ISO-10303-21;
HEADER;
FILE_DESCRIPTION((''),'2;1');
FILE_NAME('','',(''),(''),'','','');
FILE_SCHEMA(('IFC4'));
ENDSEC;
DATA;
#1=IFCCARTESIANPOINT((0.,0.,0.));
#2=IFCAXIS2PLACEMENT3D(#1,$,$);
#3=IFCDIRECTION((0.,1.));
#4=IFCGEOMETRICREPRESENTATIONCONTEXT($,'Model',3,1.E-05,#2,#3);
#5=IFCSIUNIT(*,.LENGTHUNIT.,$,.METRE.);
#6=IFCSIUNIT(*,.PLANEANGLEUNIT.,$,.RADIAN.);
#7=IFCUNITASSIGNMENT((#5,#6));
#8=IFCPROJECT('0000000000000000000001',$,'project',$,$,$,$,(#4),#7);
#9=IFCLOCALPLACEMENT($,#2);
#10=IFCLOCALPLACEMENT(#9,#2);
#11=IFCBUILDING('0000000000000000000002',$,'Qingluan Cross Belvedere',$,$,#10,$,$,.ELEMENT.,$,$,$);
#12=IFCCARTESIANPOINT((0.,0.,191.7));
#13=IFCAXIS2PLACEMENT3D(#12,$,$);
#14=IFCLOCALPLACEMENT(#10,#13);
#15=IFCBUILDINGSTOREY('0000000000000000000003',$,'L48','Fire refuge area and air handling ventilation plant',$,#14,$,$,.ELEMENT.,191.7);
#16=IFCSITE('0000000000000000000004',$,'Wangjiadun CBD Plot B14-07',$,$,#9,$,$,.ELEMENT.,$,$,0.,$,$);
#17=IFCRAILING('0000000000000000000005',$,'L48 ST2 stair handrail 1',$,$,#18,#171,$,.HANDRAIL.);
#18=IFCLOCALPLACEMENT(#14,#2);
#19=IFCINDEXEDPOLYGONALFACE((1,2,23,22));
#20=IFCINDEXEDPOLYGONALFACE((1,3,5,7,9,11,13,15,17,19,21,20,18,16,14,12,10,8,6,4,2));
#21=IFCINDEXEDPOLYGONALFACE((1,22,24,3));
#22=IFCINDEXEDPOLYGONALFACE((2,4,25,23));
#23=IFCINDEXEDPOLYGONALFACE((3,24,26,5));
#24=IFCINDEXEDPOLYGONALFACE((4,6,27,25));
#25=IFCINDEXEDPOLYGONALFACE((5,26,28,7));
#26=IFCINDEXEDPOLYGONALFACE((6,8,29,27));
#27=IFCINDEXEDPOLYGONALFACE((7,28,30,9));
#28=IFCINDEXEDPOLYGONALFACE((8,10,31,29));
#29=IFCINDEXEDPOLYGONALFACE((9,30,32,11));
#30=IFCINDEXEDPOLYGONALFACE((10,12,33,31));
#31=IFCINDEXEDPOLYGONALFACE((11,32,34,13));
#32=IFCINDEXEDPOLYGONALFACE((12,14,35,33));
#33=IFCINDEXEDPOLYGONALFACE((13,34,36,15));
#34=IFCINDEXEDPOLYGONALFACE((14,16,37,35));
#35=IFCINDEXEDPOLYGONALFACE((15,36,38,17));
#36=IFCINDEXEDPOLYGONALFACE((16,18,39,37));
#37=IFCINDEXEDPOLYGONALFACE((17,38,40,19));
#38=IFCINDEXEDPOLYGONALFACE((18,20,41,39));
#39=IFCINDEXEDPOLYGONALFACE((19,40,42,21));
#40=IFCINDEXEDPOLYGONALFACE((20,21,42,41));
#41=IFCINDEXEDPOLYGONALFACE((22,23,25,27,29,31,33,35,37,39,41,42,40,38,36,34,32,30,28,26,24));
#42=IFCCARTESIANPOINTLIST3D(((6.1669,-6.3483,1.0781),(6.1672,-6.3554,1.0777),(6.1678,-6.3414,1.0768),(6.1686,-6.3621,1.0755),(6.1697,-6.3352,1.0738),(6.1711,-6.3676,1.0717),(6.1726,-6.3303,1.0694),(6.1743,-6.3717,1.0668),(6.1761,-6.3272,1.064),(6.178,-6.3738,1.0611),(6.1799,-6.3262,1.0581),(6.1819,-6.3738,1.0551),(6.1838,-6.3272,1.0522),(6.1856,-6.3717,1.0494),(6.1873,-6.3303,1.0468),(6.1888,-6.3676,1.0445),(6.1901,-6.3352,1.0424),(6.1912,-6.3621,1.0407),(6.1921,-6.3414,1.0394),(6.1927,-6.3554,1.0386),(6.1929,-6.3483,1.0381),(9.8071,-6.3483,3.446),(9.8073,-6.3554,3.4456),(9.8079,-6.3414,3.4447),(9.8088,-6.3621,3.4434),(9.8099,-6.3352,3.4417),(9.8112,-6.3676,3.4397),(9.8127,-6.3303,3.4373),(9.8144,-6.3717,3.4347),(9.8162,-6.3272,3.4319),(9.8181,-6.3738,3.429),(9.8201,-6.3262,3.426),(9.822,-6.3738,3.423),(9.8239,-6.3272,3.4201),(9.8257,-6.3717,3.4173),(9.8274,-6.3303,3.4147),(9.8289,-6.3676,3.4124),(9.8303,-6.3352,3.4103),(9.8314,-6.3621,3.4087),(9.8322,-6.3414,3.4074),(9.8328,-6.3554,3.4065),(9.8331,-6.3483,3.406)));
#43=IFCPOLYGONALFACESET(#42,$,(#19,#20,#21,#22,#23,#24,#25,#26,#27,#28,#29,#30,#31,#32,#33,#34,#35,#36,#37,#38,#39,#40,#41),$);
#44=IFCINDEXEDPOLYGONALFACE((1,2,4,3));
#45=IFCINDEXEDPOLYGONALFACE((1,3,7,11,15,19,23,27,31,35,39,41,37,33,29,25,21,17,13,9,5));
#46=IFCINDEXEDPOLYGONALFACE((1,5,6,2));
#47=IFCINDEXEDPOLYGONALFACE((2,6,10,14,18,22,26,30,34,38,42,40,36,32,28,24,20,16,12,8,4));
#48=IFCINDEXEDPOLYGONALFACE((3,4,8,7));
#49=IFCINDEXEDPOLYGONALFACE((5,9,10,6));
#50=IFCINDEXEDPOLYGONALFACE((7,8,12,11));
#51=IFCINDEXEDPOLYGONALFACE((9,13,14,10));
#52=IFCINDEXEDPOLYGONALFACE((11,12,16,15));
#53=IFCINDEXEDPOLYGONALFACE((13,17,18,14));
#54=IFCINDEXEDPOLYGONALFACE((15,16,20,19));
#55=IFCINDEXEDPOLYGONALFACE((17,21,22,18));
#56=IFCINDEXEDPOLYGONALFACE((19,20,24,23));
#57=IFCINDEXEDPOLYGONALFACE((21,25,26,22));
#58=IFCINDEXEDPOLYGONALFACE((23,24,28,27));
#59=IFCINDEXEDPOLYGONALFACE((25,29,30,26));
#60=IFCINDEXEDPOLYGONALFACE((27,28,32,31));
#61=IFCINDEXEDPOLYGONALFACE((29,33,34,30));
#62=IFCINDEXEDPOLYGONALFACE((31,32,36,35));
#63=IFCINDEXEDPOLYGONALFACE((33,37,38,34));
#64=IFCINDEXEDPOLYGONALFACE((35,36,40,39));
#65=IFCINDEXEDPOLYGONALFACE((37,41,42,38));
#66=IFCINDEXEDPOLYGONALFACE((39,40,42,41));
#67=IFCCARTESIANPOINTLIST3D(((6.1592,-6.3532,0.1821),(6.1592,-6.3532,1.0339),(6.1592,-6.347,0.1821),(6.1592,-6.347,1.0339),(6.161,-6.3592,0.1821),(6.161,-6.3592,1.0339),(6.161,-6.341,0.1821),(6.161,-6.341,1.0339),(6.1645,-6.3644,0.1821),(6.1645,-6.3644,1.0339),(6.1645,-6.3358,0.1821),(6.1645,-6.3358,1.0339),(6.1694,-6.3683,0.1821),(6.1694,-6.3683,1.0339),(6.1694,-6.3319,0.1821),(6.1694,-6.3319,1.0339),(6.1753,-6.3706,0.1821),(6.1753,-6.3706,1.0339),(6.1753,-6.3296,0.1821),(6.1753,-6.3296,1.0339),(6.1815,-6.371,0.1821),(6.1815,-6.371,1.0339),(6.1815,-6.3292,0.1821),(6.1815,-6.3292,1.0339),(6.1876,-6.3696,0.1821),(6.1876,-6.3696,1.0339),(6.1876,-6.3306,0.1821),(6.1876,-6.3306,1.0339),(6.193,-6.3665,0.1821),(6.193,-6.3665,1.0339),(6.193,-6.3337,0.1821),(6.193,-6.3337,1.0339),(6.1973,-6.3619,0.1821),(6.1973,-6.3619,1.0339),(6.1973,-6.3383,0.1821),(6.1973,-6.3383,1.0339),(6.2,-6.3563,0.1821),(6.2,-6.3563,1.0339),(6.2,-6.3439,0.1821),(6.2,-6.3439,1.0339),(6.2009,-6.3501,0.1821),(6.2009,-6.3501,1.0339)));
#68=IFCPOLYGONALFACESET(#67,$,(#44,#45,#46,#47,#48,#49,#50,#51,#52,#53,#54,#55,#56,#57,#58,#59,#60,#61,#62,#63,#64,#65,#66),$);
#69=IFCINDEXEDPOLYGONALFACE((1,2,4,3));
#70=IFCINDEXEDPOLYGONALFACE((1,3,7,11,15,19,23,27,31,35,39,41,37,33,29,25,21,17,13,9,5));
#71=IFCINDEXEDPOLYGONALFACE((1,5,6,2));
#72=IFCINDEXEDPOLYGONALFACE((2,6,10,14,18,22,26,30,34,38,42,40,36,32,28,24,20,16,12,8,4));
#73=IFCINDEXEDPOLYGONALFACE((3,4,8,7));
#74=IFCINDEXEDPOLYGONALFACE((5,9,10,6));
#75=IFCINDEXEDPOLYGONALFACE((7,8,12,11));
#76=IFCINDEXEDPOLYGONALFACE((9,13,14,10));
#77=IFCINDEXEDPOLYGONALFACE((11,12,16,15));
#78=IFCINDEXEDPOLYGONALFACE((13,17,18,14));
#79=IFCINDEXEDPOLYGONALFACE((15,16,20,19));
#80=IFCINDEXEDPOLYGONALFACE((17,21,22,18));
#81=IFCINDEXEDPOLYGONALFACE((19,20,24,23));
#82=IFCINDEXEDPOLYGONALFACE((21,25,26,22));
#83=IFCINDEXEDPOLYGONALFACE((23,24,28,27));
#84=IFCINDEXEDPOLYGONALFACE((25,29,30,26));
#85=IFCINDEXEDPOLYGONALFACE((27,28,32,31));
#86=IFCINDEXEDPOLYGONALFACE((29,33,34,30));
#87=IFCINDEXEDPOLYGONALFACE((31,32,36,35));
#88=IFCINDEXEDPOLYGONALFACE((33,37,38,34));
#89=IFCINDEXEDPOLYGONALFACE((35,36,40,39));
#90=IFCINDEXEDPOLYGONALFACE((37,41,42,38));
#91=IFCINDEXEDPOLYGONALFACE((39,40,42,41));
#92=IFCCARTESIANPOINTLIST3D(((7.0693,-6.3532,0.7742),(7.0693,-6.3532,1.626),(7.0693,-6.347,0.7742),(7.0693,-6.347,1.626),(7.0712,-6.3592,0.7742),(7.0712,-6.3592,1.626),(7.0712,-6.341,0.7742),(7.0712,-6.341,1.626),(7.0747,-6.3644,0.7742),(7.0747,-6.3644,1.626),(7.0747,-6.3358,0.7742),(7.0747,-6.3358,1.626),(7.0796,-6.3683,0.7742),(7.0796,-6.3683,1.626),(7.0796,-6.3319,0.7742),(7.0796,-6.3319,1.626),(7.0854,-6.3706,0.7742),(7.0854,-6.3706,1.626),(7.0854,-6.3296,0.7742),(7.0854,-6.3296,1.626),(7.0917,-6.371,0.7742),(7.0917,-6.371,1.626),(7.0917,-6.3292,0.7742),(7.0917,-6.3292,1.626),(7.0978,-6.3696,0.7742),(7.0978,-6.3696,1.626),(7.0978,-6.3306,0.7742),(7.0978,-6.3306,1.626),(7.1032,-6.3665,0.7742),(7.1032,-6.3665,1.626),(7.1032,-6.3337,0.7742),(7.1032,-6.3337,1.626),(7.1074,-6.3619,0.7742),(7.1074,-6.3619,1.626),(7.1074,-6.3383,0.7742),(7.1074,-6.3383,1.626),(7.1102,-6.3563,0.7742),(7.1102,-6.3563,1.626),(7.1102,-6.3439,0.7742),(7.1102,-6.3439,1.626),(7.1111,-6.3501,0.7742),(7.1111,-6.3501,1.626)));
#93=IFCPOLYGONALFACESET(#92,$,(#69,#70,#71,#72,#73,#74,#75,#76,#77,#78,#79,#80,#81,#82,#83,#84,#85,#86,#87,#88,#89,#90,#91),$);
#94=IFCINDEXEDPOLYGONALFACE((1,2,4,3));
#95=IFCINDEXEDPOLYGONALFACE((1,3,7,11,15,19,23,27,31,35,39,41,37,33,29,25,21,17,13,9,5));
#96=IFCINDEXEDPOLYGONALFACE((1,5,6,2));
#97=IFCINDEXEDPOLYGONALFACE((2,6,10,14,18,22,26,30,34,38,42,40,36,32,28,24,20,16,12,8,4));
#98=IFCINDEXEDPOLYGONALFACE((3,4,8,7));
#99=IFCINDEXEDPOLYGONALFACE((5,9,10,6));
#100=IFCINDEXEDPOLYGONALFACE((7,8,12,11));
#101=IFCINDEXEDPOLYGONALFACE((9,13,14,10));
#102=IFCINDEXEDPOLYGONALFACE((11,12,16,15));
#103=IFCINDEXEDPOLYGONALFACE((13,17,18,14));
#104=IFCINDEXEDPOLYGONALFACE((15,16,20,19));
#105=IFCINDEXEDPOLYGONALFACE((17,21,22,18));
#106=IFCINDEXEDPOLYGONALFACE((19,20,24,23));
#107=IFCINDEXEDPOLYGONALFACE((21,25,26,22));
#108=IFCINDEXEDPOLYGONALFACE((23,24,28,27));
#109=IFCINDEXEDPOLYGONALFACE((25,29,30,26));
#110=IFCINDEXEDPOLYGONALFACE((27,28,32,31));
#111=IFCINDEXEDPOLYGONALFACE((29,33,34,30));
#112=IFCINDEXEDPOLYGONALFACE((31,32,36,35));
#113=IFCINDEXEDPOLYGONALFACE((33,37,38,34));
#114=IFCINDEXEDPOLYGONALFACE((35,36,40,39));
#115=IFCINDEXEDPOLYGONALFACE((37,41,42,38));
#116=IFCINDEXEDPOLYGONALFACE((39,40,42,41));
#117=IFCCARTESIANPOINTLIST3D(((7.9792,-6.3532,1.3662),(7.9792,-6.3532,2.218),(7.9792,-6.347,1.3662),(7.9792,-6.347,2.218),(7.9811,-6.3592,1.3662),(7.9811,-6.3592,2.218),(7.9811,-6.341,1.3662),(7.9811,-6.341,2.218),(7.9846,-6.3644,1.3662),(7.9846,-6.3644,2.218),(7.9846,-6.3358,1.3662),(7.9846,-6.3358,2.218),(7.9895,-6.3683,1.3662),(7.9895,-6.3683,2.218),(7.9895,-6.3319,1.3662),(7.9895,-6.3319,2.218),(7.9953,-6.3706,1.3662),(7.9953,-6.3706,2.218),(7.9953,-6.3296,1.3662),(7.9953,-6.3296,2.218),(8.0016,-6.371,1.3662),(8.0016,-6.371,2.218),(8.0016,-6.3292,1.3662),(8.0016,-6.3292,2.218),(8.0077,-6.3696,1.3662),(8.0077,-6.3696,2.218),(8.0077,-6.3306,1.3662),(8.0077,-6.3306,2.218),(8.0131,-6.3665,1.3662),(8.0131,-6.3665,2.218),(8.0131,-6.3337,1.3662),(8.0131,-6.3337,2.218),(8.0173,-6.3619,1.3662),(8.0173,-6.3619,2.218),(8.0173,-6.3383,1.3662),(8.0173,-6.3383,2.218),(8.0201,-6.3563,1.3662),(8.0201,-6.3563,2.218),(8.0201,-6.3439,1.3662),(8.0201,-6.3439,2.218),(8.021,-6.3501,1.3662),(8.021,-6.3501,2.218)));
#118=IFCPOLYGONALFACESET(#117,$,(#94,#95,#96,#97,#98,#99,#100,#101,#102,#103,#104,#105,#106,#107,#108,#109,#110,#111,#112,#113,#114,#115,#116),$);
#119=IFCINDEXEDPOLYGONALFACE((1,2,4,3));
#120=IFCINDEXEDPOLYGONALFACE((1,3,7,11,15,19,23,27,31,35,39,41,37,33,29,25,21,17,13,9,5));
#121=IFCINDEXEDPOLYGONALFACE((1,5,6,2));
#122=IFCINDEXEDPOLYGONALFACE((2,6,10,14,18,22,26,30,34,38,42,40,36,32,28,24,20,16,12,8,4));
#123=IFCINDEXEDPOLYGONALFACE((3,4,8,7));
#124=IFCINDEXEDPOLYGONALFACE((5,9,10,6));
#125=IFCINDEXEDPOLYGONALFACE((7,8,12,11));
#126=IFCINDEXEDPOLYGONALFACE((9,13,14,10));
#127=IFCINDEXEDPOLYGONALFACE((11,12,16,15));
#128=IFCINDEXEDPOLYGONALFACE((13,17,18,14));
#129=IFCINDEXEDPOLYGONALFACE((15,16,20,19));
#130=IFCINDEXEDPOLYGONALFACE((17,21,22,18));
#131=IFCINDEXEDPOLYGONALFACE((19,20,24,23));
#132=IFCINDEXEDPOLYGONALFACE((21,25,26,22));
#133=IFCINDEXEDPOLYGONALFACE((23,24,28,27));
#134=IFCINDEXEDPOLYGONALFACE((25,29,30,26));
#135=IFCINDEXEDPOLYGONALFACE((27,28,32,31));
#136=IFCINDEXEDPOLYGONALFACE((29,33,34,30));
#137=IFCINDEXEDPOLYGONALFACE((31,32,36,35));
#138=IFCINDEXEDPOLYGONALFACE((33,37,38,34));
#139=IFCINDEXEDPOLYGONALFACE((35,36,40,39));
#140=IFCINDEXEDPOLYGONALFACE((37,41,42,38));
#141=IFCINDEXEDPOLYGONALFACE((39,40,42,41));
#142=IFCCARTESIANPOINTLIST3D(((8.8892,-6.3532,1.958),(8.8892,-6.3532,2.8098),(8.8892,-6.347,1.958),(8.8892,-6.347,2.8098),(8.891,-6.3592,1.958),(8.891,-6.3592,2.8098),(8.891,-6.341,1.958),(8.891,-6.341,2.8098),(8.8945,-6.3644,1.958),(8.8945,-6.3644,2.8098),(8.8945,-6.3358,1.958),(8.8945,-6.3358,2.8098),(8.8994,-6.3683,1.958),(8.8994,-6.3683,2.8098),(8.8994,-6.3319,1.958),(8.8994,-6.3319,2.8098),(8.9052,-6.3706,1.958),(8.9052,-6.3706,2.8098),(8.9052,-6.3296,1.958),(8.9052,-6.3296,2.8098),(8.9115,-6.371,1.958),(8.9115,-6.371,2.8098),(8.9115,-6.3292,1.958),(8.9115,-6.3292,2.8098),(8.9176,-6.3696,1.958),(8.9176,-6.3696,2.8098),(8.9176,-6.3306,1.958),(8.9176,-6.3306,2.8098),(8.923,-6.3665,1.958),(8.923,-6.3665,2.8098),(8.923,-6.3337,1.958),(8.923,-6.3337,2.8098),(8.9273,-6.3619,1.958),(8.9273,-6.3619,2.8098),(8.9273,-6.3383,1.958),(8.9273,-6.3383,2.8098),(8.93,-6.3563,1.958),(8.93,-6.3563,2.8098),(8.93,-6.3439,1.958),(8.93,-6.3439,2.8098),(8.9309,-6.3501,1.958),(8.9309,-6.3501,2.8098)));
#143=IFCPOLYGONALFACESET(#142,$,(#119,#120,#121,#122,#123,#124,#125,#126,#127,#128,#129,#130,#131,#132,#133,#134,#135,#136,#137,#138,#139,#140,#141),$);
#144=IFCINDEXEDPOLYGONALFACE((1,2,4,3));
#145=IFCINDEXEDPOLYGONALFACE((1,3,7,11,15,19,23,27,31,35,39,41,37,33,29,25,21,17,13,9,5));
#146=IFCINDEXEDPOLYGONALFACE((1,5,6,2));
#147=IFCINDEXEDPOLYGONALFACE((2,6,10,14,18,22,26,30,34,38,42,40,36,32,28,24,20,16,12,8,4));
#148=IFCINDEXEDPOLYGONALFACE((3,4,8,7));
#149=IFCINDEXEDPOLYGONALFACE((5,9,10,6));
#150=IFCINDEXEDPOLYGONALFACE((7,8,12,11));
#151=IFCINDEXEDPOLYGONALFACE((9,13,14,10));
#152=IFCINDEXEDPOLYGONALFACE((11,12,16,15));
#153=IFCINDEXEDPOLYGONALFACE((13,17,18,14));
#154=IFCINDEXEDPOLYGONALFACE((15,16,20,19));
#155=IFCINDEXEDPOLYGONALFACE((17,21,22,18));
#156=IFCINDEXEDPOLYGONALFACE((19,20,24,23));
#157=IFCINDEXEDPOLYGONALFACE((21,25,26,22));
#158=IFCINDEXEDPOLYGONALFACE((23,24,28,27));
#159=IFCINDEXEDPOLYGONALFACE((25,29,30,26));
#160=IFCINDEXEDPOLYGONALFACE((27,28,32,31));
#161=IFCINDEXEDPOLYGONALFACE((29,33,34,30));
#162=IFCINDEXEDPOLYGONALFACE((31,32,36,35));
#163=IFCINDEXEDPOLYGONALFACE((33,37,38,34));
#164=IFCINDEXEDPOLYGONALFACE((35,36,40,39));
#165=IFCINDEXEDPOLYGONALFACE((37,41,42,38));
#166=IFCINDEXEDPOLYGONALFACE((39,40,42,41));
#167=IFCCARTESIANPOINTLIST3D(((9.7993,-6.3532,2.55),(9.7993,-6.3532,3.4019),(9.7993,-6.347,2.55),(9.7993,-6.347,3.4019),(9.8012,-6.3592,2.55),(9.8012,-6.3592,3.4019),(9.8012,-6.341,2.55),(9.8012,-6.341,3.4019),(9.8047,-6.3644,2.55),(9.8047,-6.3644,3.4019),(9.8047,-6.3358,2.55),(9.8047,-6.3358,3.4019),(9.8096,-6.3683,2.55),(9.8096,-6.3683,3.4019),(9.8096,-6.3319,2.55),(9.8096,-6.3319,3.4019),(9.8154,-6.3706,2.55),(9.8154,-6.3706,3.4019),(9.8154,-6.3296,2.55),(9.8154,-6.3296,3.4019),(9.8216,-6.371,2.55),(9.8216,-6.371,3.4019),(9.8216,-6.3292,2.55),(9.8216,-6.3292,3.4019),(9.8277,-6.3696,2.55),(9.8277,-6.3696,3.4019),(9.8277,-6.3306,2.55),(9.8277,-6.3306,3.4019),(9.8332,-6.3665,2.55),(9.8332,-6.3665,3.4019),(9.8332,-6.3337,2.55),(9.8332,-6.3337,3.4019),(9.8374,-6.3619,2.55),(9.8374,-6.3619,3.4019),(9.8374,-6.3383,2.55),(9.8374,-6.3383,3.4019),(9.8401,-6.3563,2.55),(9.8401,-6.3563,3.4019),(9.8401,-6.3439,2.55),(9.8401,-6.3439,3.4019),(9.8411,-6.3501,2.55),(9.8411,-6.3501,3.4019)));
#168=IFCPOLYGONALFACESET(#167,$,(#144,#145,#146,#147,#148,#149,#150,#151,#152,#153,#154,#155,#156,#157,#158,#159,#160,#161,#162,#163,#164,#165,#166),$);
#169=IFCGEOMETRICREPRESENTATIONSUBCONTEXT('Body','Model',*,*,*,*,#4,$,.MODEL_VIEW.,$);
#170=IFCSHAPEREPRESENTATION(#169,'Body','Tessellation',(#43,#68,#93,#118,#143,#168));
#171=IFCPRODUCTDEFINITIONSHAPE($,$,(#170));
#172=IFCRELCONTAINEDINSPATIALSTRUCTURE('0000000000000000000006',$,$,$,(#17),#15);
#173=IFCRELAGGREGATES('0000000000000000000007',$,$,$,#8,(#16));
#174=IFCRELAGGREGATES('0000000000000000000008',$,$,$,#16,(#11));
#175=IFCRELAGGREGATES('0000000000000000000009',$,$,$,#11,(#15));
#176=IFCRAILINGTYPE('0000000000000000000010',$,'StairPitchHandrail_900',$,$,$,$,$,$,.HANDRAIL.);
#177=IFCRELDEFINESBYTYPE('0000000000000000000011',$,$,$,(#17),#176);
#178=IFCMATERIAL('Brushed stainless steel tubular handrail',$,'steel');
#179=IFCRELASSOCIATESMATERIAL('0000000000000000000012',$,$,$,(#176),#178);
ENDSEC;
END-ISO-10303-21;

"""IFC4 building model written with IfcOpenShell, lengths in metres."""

from ifc_helpers import new_model, si_unit, direction, frame, origin, origin_2d, place, context, subcontext, project, spatial, circle, extrude, material, type_object, element, save


model = new_model("IFC4")

# Units and contexts
model_context = context("Model", 3, precision=1e-05, world=origin(), true_north=direction((0.0, 1.0)))
body_context = subcontext(model_context, "Body", "Model", "MODEL_VIEW")
ifc_project = project(units=[si_unit("LENGTHUNIT", "METRE"), si_unit("PLANEANGLEUNIT", "RADIAN")], contexts=[model_context])

# Site, building, storey
site_placement = place(None, origin())
site = spatial("IfcSite", under=ifc_project, at=site_placement, Name="Wangjiadun CBD Plot B14-07", CompositionType="ELEMENT", RefElevation=0.0)
building_placement = place(site_placement, origin())
building = spatial("IfcBuilding", under=site, at=building_placement, Name="Qingluan Cross Belvedere", CompositionType="ELEMENT")
storey_placement = place(building_placement, frame((0.0, 0.0, 191.7)))
storey = spatial("IfcBuildingStorey", under=building, at=storey_placement, Name="L48", Description="Fire refuge area and air handling ventilation plant", CompositionType="ELEMENT", Elevation=191.7)

# Railing
ifc_material_1 = material(Name="Brushed stainless steel tubular handrail", Category="steel")
railing_type_1 = type_object("IfcRailingType", Name="StairPitchHandrail_900", PredefinedType="HANDRAIL", material=ifc_material_1)
railing_1_placement = place(storey_placement, frame((6.1799, -6.3501, 0.1821)))
element("IfcRailing", 1, at=railing_1_placement, inside=storey, type_object=railing_type_1, Name="L48 ST2 stair handrail 1", PredefinedType="HANDRAIL", context=body_context, shape_type="SweptSolid", body=[
    extrude(circle(Radius=0.0239, at=origin_2d()), frame((0.0, 0.0, 0.876), z_axis=(0.838251, 0.0, 0.545285), x_axis=(0.0, 1.0, 0.0)), (0.0, 0.0, 1.0), 4.3425),
    extrude(circle(Radius=0.021, at=origin_2d()), origin(), (0.0, 0.0, 1.0), 0.8518),
    extrude(circle(Radius=0.021, at=origin_2d()), frame((0.9102, 0.0, 0.592)), (0.0, 0.0, 1.0), 0.8518),
    extrude(circle(Radius=0.021, at=origin_2d()), frame((1.8201, 0.0, 1.1841)), (0.0, 0.0, 1.0), 0.8518),
    extrude(circle(Radius=0.021, at=origin_2d()), frame((2.73, 0.0, 1.7759)), (0.0, 0.0, 1.0), 0.8518),
    extrude(circle(Radius=0.021, at=origin_2d()), frame((3.6401, 0.0, 2.3679)), (0.0, 0.0, 1.0), 0.8518),
])

save(model, "model.ifc")
